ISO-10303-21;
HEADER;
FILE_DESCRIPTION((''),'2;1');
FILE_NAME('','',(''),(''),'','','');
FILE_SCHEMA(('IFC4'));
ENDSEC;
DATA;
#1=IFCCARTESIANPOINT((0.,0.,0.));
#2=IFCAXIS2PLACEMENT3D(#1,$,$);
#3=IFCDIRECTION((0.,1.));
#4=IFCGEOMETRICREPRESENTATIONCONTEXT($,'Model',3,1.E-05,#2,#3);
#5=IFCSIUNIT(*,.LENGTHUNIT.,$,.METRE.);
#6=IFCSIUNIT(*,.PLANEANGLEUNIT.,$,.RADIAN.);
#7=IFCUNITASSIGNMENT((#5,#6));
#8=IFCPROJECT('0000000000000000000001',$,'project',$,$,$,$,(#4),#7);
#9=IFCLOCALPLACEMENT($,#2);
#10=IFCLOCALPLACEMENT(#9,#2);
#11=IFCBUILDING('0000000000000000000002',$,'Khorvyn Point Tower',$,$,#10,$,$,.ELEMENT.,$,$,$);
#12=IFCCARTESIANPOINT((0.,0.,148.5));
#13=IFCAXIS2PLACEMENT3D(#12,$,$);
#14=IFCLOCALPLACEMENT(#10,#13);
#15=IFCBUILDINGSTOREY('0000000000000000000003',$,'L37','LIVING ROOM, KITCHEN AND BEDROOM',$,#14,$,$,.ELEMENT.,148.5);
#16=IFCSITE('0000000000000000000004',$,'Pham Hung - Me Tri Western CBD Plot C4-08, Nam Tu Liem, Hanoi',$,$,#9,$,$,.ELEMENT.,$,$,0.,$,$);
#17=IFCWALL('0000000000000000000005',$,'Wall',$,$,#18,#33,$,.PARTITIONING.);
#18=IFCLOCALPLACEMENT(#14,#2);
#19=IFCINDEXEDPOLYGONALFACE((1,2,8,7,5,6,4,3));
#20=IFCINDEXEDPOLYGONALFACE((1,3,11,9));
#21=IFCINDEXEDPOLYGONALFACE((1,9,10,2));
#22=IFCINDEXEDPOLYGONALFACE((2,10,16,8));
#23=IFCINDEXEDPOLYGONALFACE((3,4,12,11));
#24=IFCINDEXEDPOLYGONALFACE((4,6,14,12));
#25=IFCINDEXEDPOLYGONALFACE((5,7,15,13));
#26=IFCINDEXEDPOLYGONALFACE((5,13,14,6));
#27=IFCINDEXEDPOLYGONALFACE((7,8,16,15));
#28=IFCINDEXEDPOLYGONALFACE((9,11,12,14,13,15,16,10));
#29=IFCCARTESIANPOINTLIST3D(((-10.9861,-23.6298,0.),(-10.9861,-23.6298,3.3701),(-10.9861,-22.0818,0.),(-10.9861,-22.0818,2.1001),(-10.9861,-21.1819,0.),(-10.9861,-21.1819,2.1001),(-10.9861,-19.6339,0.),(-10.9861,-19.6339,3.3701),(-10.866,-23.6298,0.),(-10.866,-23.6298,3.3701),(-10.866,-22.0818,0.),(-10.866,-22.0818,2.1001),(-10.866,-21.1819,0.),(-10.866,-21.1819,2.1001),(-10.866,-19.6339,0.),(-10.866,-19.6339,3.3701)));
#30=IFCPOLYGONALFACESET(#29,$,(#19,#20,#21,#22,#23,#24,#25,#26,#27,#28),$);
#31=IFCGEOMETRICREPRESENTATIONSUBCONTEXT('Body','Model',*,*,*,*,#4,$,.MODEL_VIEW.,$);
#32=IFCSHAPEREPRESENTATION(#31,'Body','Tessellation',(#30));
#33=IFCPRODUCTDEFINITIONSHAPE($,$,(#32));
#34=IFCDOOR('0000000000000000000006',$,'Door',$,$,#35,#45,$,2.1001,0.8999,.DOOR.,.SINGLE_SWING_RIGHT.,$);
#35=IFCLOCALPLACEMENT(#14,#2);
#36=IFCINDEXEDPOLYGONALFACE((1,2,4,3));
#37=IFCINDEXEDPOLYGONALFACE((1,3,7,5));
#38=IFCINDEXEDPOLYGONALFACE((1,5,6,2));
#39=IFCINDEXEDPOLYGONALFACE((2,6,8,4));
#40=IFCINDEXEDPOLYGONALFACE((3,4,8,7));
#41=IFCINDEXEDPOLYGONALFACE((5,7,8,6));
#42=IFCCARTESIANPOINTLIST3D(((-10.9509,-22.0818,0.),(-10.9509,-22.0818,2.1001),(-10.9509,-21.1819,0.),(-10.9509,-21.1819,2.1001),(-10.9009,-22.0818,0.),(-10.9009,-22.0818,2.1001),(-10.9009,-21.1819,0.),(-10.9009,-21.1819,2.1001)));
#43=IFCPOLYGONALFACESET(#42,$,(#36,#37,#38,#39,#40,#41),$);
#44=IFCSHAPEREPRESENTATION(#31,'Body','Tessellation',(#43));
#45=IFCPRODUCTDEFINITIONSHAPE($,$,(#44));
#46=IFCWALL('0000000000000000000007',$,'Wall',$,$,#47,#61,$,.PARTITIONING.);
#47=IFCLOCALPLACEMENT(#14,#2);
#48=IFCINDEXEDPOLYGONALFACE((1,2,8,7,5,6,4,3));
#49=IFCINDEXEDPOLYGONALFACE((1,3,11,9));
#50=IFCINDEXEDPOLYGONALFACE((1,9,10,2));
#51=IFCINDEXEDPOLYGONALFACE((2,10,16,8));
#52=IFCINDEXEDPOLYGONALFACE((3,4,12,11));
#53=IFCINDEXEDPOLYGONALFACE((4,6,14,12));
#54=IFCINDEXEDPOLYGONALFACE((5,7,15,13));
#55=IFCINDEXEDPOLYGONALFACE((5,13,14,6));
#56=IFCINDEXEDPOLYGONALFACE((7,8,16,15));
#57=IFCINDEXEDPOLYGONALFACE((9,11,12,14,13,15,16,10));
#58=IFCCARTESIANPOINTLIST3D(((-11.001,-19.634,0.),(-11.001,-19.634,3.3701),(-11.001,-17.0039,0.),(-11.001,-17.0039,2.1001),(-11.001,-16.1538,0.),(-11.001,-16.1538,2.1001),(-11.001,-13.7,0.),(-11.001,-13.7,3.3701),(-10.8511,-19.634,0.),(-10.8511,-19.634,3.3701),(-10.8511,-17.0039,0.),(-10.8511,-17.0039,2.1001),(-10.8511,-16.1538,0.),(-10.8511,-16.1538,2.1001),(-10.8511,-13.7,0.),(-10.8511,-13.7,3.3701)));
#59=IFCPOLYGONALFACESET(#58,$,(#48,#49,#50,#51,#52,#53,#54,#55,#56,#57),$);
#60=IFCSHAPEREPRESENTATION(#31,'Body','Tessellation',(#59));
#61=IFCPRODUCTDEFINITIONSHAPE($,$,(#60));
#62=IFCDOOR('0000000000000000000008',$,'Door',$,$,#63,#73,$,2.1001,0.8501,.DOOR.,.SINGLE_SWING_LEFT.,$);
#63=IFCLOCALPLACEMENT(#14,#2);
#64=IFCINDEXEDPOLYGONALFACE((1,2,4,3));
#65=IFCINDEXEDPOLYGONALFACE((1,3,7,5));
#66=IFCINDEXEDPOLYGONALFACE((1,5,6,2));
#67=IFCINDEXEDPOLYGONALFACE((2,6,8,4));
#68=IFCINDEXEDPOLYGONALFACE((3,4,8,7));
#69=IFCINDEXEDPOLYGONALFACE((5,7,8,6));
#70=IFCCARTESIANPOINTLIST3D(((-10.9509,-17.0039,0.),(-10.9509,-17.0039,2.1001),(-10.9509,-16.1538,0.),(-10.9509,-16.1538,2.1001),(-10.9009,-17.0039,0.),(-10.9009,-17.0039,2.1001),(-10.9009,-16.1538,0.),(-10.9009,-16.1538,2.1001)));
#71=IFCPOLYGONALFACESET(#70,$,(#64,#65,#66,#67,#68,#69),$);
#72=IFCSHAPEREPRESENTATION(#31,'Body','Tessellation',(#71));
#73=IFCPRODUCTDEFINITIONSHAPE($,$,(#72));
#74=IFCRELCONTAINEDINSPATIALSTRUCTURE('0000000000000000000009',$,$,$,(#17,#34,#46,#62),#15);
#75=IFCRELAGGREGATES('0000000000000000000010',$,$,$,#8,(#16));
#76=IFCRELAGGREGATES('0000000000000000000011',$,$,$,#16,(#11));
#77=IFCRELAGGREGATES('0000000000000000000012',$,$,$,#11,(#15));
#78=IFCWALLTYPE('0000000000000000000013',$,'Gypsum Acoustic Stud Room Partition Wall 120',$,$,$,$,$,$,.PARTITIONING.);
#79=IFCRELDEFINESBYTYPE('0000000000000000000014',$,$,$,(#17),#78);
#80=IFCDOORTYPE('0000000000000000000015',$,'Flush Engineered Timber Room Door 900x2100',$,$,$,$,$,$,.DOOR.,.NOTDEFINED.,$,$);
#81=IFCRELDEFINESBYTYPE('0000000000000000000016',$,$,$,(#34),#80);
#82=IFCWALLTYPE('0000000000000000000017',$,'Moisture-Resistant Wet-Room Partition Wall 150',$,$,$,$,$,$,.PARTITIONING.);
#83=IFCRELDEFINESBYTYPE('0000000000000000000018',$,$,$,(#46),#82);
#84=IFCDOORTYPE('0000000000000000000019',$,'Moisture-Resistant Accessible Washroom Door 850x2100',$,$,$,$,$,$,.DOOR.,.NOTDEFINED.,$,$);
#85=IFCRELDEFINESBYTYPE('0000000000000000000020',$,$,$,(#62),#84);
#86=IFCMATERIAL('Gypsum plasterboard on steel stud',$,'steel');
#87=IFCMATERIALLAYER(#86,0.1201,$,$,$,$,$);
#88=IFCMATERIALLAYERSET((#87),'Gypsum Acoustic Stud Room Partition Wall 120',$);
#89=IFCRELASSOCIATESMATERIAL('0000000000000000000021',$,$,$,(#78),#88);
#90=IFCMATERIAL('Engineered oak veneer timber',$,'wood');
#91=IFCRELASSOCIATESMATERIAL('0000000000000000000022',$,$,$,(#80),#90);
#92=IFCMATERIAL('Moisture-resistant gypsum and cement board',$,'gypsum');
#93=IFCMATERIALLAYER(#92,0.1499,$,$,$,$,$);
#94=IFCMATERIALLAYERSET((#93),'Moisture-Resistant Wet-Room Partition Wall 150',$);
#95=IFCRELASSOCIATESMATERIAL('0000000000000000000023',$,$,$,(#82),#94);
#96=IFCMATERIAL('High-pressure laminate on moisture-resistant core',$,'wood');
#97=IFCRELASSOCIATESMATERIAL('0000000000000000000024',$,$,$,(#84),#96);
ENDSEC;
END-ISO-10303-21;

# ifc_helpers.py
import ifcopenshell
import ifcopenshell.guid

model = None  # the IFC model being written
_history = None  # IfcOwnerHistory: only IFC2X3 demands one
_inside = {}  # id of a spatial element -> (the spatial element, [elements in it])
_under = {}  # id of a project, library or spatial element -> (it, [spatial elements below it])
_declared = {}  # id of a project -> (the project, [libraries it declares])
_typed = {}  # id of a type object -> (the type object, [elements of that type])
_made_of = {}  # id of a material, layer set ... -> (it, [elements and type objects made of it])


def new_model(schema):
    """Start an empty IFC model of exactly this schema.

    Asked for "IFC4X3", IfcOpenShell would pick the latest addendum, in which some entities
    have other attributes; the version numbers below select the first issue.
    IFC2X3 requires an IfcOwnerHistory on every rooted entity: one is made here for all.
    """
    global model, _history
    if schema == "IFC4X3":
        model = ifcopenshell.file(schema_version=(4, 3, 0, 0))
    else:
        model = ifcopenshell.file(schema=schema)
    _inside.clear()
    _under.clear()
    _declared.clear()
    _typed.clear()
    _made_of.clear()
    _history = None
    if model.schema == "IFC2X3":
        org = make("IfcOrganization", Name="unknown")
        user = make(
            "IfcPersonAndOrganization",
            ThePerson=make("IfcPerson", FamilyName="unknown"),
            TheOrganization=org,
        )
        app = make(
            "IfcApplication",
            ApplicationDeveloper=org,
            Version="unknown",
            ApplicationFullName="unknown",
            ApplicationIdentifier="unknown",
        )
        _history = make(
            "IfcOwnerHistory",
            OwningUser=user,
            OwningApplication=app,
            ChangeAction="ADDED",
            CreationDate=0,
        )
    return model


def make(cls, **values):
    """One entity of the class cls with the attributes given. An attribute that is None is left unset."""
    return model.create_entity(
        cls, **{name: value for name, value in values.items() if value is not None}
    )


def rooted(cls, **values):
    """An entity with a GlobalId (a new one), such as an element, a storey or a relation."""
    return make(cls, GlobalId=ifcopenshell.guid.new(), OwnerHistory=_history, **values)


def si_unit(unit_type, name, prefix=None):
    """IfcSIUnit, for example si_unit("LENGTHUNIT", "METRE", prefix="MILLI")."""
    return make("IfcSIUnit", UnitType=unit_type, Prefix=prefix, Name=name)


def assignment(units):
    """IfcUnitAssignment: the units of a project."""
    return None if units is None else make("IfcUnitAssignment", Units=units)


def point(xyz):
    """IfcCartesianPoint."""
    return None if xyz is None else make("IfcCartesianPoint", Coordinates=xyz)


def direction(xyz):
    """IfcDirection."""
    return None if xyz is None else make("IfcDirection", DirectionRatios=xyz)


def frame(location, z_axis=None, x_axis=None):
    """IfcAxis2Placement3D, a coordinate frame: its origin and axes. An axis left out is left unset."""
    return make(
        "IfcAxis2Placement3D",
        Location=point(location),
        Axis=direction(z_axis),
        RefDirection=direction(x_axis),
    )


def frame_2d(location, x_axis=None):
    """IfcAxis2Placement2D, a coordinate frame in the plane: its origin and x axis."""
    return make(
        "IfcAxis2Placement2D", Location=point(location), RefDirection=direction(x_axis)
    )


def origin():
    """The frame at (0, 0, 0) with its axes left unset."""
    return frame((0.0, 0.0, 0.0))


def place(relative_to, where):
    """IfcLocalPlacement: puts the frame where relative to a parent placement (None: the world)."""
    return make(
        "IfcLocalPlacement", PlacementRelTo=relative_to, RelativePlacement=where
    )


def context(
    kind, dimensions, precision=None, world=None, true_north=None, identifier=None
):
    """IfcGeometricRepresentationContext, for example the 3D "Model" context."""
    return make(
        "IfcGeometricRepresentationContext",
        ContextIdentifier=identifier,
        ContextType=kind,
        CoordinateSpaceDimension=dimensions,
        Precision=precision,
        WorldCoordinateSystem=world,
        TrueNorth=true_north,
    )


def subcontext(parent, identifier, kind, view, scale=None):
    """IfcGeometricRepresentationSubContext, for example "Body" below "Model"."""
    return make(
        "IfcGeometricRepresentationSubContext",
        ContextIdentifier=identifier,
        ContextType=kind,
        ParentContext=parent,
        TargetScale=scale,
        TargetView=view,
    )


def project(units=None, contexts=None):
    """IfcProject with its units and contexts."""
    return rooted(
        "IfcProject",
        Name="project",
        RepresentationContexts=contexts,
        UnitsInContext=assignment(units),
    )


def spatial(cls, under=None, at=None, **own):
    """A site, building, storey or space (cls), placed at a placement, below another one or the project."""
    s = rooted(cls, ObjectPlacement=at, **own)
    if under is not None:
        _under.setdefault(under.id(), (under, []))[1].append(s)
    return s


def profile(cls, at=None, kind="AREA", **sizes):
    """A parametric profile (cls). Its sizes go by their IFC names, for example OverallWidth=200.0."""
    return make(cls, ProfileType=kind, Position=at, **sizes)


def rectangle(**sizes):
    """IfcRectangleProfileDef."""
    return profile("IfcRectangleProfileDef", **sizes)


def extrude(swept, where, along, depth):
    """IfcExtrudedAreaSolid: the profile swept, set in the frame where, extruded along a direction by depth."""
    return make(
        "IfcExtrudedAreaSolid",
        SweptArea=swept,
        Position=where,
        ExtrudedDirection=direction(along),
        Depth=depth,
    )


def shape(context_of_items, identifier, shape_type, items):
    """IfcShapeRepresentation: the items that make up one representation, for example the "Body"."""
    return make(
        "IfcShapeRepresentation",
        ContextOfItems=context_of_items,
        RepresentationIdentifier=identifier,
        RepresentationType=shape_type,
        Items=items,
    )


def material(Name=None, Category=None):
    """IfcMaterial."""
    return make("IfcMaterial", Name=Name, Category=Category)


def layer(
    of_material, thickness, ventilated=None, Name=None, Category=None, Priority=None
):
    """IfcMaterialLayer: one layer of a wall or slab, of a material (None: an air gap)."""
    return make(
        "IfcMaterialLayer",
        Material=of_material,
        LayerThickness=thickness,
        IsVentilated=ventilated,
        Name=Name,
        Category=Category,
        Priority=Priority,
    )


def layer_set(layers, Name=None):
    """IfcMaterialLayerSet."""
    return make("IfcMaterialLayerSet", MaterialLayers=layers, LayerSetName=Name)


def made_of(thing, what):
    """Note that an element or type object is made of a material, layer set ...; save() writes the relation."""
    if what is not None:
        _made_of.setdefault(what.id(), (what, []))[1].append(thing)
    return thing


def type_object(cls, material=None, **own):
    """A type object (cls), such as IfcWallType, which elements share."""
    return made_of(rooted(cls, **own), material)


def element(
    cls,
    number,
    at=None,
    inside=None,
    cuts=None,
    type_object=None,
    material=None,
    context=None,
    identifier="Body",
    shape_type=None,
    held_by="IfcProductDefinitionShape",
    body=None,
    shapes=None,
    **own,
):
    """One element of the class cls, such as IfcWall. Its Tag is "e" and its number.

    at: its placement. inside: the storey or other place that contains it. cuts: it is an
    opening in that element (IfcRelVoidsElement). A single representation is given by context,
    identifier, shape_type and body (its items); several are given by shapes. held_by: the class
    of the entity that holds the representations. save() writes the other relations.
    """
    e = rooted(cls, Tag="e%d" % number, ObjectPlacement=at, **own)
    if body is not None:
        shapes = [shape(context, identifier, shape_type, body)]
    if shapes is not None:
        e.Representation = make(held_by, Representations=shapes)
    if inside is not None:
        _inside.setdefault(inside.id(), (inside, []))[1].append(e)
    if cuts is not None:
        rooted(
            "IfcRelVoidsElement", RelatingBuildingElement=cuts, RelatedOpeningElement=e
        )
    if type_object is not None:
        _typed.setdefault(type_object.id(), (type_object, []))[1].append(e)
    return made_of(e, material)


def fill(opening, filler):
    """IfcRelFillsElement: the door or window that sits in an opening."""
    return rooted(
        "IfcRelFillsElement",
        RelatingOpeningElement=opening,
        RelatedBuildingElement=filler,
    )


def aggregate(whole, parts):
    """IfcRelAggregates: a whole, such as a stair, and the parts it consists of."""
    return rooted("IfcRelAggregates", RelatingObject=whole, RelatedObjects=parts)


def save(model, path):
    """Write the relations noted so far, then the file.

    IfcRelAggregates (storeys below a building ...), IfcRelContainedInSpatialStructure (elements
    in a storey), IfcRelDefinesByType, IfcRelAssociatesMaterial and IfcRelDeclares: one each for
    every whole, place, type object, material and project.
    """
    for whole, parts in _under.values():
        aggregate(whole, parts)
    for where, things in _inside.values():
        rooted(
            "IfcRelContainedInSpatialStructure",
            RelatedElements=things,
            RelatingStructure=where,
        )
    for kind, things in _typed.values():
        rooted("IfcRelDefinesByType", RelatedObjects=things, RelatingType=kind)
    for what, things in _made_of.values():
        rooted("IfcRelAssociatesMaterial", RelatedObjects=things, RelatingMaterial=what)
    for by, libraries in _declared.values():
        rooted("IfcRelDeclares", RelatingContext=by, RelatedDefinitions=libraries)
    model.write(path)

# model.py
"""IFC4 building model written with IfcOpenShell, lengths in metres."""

from ifc_helpers import new_model, si_unit, direction, frame, frame_2d, origin, place, context, subcontext, project, spatial, rectangle, extrude, material, layer, layer_set, type_object, element, fill, save


model = new_model("IFC4")

# Units and contexts
model_context = context("Model", 3, precision=1e-05, world=origin(), true_north=direction((0.0, 1.0)))
body_context = subcontext(model_context, "Body", "Model", "MODEL_VIEW")
ifc_project = project(units=[si_unit("LENGTHUNIT", "METRE"), si_unit("PLANEANGLEUNIT", "RADIAN")], contexts=[model_context])

# Site, building, storey
site_placement = place(None, origin())
site = spatial("IfcSite", under=ifc_project, at=site_placement, Name="Pham Hung - Me Tri Western CBD Plot C4-08, Nam Tu Liem, Hanoi", CompositionType="ELEMENT", RefElevation=0.0)
building_placement = place(site_placement, origin())
building = spatial("IfcBuilding", under=site, at=building_placement, Name="Khorvyn Point Tower", CompositionType="ELEMENT")
storey_placement = place(building_placement, frame((0.0, 0.0, 148.5)))
storey = spatial("IfcBuildingStorey", under=building, at=storey_placement, Name="L37", Description="LIVING ROOM, KITCHEN AND BEDROOM", CompositionType="ELEMENT", Elevation=148.5)

# Walls, openings, doors
ifc_material_1 = material(Name="Gypsum plasterboard on steel stud", Category="steel")
ifc_layer_1 = layer(ifc_material_1, 0.1201)
ifc_layer_set_1 = layer_set([ifc_layer_1], Name="Gypsum Acoustic Stud Room Partition Wall 120")
wall_type_1 = type_object("IfcWallType", Name="Gypsum Acoustic Stud Room Partition Wall 120", PredefinedType="PARTITIONING", material=ifc_layer_set_1)
ifc_material_2 = material(Name="Engineered oak veneer timber", Category="wood")
door_type_1 = type_object("IfcDoorType", Name="Flush Engineered Timber Room Door 900x2100", OperationType="NOTDEFINED", PredefinedType="DOOR", material=ifc_material_2)
wall_1_placement = place(storey_placement, frame((-10.926, -23.6299, 0.0), z_axis=(0.0, 0.0, 1.0), x_axis=(0.0, 1.0, 0.0)))
wall_1 = element("IfcWall", 1, at=wall_1_placement, inside=storey, type_object=wall_type_1, Name="Wall", PredefinedType="PARTITIONING", context=body_context, shape_type="SweptSolid", body=[
    extrude(rectangle(XDim=3.9958, YDim=0.1201, at=frame_2d((1.998, 0.0))), origin(), (0.0, 0.0, 1.0), 3.3701),
])
opening_1_placement = place(wall_1_placement, frame((1.5481, 0.0, 0.0)))
opening_1 = element("IfcOpeningElement", 2, at=opening_1_placement, cuts=wall_1, PredefinedType="OPENING", context=body_context, shape_type="SweptSolid", body=[
    extrude(rectangle(XDim=0.8999, YDim=2.1001, at=frame_2d((0.45, 1.05))), frame((0.0, 0.0701, 0.0), z_axis=(0.0, -1.0, 0.0), x_axis=(1.0, 0.0, 0.0)), (0.0, 0.0, 1.0), 0.1401),
])
door_1_placement = place(opening_1_placement, origin())
door_1 = element("IfcDoor", 3, at=door_1_placement, inside=storey, type_object=door_type_1, Name="Door", OperationType="SINGLE_SWING_RIGHT", OverallHeight=2.1001, OverallWidth=0.8999, PredefinedType="DOOR", context=body_context, shape_type="SweptSolid", body=[
    extrude(rectangle(XDim=0.8999, YDim=2.1001, at=frame_2d((0.45, 1.05))), frame((0.0, 0.0249, 0.0), z_axis=(0.0, -1.0, 0.0), x_axis=(1.0, 0.0, 0.0)), (0.0, 0.0, 1.0), 0.05),
])
fill(opening_1, door_1)
ifc_material_3 = material(Name="Moisture-resistant gypsum and cement board", Category="gypsum")
ifc_layer_2 = layer(ifc_material_3, 0.1499)
ifc_layer_set_2 = layer_set([ifc_layer_2], Name="Moisture-Resistant Wet-Room Partition Wall 150")
wall_type_2 = type_object("IfcWallType", Name="Moisture-Resistant Wet-Room Partition Wall 150", PredefinedType="PARTITIONING", material=ifc_layer_set_2)
wall_2_placement = place(storey_placement, frame((-10.926, -19.634, 0.0), z_axis=(0.0, 0.0, 1.0), x_axis=(0.0, 1.0, 0.0)))
wall_2 = element("IfcWall", 4, at=wall_2_placement, inside=storey, type_object=wall_type_2, Name="Wall", PredefinedType="PARTITIONING", context=body_context, shape_type="SweptSolid", body=[
    extrude(rectangle(XDim=5.9341, YDim=0.1499, at=frame_2d((2.967, 0.0))), origin(), (0.0, 0.0, 1.0), 3.3701),
])
opening_2_placement = place(wall_2_placement, frame((2.6301, 0.0, 0.0)))
opening_2 = element("IfcOpeningElement", 5, at=opening_2_placement, cuts=wall_2, PredefinedType="OPENING", context=body_context, shape_type="SweptSolid", body=[
    extrude(rectangle(XDim=0.8501, YDim=2.1001, at=frame_2d((0.425, 1.05))), frame((0.0, 0.085, 0.0), z_axis=(0.0, -1.0, 0.0), x_axis=(1.0, 0.0, 0.0)), (0.0, 0.0, 1.0), 0.1699),
])
ifc_material_4 = material(Name="High-pressure laminate on moisture-resistant core", Category="wood")
door_type_2 = type_object("IfcDoorType", Name="Moisture-Resistant Accessible Washroom Door 850x2100", OperationType="NOTDEFINED", PredefinedType="DOOR", material=ifc_material_4)
door_2_placement = place(opening_2_placement, origin())
door_2 = element("IfcDoor", 6, at=door_2_placement, inside=storey, type_object=door_type_2, Name="Door", OperationType="SINGLE_SWING_LEFT", OverallHeight=2.1001, OverallWidth=0.8501, PredefinedType="DOOR", context=body_context, shape_type="SweptSolid", body=[
    extrude(rectangle(XDim=0.8501, YDim=2.1001, at=frame_2d((0.425, 1.05))), frame((0.0, 0.0249, 0.0), z_axis=(0.0, -1.0, 0.0), x_axis=(1.0, 0.0, 0.0)), (0.0, 0.0, 1.0), 0.05),
])
fill(opening_2, door_2)

save(model, "model.ifc")
